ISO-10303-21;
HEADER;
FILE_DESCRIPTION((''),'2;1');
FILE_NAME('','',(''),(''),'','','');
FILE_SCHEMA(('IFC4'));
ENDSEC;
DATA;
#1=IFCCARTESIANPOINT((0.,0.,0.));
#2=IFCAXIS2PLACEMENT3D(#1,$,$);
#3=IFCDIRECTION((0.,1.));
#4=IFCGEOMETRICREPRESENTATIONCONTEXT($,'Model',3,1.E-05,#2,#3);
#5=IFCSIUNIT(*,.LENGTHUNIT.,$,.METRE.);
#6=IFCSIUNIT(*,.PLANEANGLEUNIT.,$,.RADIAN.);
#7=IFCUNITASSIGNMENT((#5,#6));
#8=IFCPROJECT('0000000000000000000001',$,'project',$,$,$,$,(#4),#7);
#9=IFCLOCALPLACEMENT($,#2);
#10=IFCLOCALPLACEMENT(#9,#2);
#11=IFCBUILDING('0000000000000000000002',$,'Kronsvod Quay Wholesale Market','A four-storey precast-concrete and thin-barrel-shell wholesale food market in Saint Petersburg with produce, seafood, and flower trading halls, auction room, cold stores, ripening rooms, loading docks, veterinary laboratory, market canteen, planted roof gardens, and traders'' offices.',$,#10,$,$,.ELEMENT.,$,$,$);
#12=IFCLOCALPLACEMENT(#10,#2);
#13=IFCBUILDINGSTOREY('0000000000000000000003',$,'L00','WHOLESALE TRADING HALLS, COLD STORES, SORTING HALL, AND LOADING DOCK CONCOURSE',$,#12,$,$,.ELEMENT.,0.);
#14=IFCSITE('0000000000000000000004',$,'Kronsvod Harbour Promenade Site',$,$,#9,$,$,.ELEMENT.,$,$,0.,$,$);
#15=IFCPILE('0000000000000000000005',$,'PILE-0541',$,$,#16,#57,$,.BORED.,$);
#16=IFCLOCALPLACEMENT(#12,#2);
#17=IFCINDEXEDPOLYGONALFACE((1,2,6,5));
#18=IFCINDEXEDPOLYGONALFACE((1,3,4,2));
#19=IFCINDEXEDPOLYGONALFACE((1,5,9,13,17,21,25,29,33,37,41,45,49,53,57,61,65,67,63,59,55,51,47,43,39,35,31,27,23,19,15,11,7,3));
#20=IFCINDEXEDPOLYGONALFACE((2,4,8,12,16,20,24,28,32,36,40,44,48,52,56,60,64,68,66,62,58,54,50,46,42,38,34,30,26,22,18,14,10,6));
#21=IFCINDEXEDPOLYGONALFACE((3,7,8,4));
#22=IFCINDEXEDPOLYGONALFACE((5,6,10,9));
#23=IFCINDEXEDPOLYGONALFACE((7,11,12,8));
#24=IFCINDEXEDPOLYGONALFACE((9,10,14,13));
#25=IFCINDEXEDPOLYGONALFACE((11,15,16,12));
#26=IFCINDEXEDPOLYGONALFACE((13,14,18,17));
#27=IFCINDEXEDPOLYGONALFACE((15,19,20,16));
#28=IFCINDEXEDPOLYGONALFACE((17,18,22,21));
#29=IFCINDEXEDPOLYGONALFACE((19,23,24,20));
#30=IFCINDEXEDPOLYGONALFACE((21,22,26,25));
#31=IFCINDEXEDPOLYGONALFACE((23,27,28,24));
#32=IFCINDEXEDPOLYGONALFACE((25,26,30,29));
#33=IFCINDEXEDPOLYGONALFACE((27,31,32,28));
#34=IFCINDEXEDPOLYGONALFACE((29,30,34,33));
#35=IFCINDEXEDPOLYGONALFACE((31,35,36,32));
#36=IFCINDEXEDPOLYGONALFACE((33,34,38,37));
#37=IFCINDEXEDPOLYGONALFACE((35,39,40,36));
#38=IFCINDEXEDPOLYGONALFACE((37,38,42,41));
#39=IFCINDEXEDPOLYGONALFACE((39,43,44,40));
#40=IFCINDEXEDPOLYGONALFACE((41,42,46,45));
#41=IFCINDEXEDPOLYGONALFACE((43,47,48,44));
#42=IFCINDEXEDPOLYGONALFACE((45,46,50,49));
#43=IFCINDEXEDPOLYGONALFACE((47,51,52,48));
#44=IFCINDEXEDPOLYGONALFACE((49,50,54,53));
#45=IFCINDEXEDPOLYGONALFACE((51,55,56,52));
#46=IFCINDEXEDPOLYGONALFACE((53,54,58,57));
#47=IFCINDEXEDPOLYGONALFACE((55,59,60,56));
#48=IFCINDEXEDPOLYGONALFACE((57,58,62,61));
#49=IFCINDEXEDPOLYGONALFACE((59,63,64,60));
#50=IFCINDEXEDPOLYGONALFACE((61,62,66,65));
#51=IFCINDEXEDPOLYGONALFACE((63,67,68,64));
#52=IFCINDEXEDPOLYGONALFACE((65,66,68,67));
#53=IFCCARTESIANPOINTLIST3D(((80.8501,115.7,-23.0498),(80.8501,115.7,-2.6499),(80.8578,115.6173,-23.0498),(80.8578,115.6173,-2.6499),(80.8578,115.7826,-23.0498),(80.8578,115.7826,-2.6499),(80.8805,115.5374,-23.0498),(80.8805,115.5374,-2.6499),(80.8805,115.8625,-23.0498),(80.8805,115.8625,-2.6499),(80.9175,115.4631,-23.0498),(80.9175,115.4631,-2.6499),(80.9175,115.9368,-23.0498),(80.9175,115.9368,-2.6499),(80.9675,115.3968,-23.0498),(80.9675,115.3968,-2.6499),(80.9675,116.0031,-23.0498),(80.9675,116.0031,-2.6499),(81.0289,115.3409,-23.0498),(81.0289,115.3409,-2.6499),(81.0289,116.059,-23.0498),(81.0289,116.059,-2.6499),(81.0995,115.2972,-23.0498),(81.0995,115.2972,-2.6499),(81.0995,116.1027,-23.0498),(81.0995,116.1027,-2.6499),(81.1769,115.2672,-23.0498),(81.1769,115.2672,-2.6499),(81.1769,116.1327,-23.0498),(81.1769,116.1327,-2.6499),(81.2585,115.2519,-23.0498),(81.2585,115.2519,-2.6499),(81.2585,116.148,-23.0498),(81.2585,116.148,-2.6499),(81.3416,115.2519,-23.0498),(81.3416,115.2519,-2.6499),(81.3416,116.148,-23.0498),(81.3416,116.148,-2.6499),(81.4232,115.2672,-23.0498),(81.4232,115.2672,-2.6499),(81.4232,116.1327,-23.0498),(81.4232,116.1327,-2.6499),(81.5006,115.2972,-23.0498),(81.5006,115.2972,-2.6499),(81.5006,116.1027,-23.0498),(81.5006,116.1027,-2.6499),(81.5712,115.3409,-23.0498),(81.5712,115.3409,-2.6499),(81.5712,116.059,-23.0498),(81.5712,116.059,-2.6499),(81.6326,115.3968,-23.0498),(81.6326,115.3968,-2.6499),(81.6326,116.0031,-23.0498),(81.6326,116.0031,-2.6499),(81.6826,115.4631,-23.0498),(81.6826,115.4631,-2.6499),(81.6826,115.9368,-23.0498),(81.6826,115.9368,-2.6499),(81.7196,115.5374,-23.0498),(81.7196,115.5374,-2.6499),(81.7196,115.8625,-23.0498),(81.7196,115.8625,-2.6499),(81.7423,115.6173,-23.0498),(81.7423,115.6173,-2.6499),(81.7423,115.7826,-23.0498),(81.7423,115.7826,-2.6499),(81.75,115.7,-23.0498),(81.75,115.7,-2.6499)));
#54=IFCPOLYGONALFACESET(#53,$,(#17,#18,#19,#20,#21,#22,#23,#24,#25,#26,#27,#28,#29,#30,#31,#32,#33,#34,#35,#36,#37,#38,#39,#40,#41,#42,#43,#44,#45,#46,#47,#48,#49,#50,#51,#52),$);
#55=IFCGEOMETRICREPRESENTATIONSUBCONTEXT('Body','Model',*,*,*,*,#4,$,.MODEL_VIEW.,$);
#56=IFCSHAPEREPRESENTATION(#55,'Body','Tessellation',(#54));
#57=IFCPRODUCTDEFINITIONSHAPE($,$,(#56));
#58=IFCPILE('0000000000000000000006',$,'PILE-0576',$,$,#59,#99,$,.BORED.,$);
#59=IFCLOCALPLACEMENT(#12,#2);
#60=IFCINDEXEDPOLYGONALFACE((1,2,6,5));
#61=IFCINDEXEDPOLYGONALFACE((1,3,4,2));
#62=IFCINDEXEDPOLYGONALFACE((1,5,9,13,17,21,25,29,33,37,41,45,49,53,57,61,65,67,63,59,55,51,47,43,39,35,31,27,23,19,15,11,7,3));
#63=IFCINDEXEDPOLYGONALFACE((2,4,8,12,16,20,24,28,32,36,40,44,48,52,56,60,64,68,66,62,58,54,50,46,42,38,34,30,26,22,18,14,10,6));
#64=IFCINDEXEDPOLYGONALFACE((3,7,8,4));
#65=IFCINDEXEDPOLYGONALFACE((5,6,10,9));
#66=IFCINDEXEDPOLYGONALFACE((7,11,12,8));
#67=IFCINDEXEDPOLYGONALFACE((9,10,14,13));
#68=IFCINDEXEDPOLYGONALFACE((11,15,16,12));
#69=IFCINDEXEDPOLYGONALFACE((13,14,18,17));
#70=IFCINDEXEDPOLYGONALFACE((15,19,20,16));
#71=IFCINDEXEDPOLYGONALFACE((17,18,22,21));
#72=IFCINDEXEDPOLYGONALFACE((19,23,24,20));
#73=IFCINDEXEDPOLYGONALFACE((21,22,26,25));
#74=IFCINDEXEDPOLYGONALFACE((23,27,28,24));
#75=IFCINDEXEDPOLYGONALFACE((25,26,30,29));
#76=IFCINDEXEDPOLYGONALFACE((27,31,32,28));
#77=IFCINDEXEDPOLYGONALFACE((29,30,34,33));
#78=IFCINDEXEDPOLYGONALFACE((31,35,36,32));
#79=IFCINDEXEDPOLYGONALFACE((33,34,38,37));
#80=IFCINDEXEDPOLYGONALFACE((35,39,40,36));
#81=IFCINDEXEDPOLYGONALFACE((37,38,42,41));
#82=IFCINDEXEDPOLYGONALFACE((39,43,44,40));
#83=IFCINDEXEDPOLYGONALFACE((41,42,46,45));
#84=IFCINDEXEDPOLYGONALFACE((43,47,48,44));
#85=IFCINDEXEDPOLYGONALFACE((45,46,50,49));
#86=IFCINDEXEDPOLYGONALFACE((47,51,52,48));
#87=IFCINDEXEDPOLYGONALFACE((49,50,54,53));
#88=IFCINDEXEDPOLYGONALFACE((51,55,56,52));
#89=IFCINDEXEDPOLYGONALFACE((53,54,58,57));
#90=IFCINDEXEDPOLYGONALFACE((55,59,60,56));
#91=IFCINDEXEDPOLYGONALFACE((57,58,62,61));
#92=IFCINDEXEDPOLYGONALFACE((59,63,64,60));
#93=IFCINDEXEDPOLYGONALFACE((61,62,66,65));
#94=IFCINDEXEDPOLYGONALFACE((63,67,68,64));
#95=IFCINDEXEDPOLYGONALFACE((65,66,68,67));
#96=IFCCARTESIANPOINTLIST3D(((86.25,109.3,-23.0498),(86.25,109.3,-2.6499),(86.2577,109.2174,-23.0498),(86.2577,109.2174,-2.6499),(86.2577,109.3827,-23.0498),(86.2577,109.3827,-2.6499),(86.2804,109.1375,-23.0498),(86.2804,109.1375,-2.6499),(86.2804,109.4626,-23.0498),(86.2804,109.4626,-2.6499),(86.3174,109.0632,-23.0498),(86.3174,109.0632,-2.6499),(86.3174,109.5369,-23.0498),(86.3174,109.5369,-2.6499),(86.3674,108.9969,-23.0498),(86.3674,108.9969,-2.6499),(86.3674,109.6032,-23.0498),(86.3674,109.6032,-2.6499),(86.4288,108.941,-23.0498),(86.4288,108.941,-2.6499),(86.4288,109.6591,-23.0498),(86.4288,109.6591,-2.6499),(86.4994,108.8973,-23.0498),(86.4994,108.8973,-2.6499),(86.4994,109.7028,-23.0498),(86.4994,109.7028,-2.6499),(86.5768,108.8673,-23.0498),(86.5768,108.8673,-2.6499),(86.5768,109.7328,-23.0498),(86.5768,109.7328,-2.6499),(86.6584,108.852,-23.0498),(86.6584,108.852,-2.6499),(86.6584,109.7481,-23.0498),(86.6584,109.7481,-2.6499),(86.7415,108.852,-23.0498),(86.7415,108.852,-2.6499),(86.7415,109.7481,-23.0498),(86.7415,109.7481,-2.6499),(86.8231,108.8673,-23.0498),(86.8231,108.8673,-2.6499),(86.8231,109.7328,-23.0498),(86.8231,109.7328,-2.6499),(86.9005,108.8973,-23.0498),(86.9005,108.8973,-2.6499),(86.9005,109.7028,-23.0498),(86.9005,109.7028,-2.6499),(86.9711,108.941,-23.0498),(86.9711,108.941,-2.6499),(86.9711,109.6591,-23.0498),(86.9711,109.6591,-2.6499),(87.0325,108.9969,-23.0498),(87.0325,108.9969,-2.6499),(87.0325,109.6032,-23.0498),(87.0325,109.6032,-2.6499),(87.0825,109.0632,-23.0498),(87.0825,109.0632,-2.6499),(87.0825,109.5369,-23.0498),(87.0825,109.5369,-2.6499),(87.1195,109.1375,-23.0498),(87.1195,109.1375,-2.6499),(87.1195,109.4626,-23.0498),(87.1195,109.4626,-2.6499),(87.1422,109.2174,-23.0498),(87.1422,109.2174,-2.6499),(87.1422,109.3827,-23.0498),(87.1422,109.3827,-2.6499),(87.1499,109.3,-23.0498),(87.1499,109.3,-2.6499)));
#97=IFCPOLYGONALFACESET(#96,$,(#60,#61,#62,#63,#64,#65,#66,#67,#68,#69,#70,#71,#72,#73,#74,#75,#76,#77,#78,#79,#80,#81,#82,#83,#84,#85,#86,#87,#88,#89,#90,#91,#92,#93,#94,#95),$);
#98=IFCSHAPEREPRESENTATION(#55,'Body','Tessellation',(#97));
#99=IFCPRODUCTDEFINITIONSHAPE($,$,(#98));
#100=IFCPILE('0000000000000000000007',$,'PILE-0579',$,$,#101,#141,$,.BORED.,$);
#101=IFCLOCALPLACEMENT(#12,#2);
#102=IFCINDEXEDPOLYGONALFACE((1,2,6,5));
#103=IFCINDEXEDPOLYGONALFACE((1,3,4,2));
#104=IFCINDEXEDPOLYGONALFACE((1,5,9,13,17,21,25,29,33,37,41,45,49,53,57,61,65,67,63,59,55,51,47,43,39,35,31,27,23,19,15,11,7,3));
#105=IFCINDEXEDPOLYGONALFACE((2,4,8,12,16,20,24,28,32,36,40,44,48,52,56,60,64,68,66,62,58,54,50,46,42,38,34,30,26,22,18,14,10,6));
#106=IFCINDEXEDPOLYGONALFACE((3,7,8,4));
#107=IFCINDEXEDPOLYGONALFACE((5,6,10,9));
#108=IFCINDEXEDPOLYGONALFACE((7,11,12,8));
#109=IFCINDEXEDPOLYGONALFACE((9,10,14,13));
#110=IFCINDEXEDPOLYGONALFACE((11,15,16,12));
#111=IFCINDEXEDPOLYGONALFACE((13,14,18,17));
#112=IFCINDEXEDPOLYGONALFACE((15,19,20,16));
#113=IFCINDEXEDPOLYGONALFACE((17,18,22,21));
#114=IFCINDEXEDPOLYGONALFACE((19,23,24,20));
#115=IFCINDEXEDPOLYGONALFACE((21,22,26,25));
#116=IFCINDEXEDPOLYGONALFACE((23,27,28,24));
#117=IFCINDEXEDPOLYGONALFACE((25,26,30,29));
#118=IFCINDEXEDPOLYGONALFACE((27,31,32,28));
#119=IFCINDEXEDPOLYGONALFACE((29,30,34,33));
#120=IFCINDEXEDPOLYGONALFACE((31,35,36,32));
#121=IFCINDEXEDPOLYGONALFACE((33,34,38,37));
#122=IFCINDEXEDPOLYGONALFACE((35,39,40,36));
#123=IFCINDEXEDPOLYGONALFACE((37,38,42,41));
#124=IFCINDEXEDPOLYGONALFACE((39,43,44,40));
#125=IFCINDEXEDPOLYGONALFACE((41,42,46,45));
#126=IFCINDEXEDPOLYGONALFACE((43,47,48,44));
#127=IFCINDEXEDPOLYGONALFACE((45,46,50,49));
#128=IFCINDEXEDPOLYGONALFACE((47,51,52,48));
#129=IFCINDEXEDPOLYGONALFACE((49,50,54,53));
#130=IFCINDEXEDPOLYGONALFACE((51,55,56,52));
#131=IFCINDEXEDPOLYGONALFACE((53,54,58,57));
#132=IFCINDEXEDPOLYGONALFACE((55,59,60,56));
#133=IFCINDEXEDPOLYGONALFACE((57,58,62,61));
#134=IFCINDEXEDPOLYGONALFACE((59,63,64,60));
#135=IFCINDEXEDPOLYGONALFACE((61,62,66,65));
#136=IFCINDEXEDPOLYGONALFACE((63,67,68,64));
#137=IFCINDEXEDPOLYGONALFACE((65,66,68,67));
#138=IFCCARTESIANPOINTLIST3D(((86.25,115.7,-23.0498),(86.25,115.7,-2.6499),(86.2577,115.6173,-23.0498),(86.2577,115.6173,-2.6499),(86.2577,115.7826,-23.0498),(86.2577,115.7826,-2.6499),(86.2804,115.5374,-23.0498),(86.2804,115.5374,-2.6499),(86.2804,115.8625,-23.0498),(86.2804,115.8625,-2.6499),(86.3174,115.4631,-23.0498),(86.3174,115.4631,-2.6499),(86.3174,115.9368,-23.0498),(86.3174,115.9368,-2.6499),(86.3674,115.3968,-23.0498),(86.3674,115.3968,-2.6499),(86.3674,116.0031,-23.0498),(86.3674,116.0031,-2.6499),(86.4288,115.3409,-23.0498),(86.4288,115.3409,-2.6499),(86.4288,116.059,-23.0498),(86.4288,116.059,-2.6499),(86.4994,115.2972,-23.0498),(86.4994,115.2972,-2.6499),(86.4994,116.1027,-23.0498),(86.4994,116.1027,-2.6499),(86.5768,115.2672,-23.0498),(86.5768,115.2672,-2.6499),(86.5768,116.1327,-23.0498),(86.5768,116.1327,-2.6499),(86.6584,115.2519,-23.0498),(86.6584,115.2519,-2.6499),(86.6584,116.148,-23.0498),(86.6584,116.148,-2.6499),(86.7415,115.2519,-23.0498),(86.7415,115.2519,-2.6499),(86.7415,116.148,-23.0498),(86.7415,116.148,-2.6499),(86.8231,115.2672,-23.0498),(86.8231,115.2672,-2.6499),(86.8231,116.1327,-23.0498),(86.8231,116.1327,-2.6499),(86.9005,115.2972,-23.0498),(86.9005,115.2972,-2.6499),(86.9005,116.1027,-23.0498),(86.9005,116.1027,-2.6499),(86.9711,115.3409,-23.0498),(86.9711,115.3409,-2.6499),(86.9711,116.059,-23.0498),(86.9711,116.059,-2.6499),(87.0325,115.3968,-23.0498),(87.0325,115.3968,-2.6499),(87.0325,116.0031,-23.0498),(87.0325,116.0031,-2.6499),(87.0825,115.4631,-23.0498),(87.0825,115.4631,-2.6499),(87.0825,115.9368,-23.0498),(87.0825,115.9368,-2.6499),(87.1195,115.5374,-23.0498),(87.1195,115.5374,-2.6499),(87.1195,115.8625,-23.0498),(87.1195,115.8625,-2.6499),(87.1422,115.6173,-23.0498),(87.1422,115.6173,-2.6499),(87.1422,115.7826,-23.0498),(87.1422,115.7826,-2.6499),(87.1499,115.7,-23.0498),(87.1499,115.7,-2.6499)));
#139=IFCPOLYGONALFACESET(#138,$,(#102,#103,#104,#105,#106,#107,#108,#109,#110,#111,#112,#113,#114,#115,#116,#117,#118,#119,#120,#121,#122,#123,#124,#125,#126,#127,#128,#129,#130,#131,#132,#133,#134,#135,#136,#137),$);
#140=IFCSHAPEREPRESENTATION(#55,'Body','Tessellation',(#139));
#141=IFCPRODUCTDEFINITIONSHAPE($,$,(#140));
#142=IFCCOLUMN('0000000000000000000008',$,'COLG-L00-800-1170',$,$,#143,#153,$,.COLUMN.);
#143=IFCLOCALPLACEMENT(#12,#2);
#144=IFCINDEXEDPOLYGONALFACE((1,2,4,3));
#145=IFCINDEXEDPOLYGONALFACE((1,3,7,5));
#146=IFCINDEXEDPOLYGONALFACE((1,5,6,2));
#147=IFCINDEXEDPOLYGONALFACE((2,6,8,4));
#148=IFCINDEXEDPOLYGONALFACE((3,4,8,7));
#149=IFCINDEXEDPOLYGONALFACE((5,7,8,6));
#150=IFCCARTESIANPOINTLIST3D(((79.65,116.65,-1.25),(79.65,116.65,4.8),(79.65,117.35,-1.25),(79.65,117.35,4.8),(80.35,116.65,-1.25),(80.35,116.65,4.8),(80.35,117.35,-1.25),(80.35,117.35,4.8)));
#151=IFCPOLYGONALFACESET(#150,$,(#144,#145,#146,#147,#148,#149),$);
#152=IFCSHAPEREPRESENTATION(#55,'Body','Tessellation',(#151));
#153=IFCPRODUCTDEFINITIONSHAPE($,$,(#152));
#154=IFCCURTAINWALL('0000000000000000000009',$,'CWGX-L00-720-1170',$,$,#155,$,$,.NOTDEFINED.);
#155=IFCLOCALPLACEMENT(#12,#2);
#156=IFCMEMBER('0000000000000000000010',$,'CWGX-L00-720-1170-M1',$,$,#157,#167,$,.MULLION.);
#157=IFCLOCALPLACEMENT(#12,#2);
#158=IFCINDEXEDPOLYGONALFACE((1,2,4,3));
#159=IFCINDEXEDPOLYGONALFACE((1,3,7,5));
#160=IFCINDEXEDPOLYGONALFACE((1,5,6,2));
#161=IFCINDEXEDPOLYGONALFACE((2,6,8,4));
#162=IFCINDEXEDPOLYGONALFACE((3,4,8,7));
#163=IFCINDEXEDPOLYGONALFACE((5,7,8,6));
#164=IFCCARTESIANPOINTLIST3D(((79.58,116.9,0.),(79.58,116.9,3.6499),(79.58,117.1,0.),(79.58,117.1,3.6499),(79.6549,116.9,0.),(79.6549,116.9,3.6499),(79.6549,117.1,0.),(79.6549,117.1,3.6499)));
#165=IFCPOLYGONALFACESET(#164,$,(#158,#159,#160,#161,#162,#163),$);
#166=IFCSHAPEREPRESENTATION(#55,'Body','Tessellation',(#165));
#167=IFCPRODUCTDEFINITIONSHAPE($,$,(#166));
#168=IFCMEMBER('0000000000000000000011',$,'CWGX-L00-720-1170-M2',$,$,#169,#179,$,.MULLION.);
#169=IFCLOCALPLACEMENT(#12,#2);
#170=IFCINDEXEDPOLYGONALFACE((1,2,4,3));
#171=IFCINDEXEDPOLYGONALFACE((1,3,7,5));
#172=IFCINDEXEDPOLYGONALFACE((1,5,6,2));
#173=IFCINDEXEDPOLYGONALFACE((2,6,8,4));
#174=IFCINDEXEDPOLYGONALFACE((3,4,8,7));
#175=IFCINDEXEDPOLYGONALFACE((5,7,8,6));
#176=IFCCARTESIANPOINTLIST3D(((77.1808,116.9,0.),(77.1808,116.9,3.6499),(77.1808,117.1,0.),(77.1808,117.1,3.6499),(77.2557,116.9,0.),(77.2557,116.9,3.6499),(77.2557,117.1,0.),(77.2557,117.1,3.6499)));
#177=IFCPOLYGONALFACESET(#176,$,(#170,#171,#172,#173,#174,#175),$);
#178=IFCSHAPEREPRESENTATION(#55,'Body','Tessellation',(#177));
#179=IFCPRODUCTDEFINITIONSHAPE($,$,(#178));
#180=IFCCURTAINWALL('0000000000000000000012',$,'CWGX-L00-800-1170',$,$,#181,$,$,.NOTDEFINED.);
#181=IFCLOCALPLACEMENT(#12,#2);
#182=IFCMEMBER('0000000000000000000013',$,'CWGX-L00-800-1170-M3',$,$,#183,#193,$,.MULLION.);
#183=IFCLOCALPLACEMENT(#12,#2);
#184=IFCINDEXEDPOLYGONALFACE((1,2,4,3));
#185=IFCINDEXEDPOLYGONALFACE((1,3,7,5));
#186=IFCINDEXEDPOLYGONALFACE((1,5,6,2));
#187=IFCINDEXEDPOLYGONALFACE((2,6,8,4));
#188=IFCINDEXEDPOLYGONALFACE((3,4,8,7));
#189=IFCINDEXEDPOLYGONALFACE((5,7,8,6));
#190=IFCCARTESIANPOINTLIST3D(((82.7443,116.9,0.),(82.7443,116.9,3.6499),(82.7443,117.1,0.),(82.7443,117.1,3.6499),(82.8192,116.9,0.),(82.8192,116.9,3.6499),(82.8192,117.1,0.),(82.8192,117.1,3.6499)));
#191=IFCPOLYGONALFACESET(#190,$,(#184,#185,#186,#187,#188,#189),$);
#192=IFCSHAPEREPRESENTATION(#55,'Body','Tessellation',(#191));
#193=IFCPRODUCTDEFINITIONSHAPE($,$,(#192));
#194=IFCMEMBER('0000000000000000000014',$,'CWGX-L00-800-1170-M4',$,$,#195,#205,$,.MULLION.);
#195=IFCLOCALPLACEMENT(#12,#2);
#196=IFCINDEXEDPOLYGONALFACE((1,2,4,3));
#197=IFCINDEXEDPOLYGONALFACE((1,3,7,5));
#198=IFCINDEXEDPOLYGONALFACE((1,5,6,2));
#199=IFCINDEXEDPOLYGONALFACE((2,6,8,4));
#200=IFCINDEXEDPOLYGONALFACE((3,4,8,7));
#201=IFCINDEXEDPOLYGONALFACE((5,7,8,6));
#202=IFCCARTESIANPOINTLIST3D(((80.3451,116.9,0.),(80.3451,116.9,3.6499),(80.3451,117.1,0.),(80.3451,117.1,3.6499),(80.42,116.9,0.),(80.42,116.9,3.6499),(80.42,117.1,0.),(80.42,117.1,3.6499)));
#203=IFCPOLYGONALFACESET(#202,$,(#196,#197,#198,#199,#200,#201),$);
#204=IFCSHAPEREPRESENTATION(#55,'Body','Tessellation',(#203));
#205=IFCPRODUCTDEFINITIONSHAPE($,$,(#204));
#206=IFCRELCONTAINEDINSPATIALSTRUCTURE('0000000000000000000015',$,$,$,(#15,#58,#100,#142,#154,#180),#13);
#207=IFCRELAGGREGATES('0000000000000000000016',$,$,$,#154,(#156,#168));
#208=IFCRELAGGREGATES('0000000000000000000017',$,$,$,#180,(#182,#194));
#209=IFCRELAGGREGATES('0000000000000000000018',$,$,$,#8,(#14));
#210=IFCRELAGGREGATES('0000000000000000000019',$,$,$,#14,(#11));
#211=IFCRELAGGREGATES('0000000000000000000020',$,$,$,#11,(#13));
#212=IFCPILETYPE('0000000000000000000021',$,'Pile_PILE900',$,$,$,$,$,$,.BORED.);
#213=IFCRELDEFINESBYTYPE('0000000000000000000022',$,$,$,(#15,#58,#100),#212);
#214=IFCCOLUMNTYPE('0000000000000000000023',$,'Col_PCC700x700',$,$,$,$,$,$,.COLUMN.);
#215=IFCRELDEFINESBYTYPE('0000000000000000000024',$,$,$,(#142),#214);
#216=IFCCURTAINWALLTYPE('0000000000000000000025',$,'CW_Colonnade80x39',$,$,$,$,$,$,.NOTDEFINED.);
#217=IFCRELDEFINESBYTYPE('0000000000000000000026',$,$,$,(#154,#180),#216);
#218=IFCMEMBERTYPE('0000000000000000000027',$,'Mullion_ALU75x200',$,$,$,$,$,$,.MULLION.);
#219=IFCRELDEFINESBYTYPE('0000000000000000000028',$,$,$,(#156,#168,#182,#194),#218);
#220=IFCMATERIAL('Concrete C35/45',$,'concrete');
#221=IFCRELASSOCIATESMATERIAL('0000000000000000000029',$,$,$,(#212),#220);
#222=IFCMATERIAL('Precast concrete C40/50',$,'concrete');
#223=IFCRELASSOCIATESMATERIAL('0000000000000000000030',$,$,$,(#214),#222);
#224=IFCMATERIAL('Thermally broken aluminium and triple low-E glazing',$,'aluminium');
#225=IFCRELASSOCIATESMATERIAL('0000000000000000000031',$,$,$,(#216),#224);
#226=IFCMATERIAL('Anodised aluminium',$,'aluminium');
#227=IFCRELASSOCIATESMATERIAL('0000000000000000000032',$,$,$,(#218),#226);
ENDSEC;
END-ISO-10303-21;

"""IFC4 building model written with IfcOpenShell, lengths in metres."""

from ifc_helpers import new_model, si_unit, direction, frame, origin, origin_2d, place, context, subcontext, project, spatial, rectangle, circle, extrude, material, material_profile, profile_set, type_object, element, aggregate, save


model = new_model("IFC4")

# Units and contexts
model_context = context("Model", 3, precision=1e-05, world=origin(), true_north=direction((0.0, 1.0)))
body_context = subcontext(model_context, "Body", "Model", "MODEL_VIEW")
ifc_project = project(units=[si_unit("LENGTHUNIT", "METRE"), si_unit("PLANEANGLEUNIT", "RADIAN")], contexts=[model_context])

# Site, building, storey
site_placement = place(None, origin())
site = spatial("IfcSite", under=ifc_project, at=site_placement, Name="Kronsvod Harbour Promenade Site", CompositionType="ELEMENT", RefElevation=0.0)
building_placement = place(site_placement, origin())
building = spatial("IfcBuilding", under=site, at=building_placement, Name="Kronsvod Quay Wholesale Market", Description="A four-storey precast-concrete and thin-barrel-shell wholesale food market in Saint Petersburg with produce, seafood, and flower trading halls, auction room, cold stores, ripening rooms, loading docks, veterinary laboratory, market canteen, planted roof gardens, and traders' offices.", CompositionType="ELEMENT")
storey_placement = place(building_placement, origin())
storey = spatial("IfcBuildingStorey", under=building, at=storey_placement, Name="L00", Description="WHOLESALE TRADING HALLS, COLD STORES, SORTING HALL, AND LOADING DOCK CONCOURSE", CompositionType="ELEMENT", Elevation=0.0)

# Piles
ifc_material_1 = material(Name="Concrete C35/45", Category="concrete")
ifc_material_profile_1 = material_profile(ifc_material_1, circle(Radius=0.45, at=origin_2d()), Name="PILE900")
ifc_profile_set_1 = profile_set([ifc_material_profile_1], Name="Concrete C35/45")
pile_type = type_object("IfcPileType", Name="Pile_PILE900", PredefinedType="BORED", material=ifc_profile_set_1)
for number, where, z_axis, x_axis, name in (
    (1, (81.3, 115.7, -2.6499), (0.0, 0.0, -1.0), (1.0, 0.0, 0.0), "PILE-0541"),
    (2, (86.7, 109.3, -2.6499), (0.0, 0.0, -1.0), (1.0, 0.0, 0.0), "PILE-0576"),
    (3, (86.7, 115.7, -2.6499), (0.0, 0.0, -1.0), (1.0, 0.0, 0.0), "PILE-0579"),
):
    element("IfcPile", number, at=place(storey_placement, frame(where, z_axis=z_axis, x_axis=x_axis)), inside=storey, type_object=pile_type, Name=name, PredefinedType="BORED", context=body_context, shape_type="SweptSolid", body=[
        extrude(circle(Radius=0.45, at=origin_2d()), origin(), (0.0, 0.0, 1.0), 20.3999),
    ])

# Column
ifc_material_2 = material(Name="Precast concrete C40/50", Category="concrete")
ifc_material_profile_2 = material_profile(ifc_material_2, rectangle(XDim=0.7, YDim=0.7, at=origin_2d()), Name="PCC700x700")
ifc_profile_set_2 = profile_set([ifc_material_profile_2], Name="Precast concrete C40/50")
column_type = type_object("IfcColumnType", Name="Col_PCC700x700", PredefinedType="COLUMN", material=ifc_profile_set_2)
column_placement = place(storey_placement, frame((80.0, 117.0, -1.25), z_axis=(0.0, 0.0, 1.0), x_axis=(1.0, 0.0, 0.0)))
element("IfcColumn", 4, at=column_placement, inside=storey, type_object=column_type, Name="COLG-L00-800-1170", PredefinedType="COLUMN", context=body_context, shape_type="SweptSolid", body=[
    extrude(rectangle(XDim=0.7, YDim=0.7, at=origin_2d()), origin(), (0.0, 0.0, 1.0), 6.05),
])

# Curtain walls, members
ifc_material_3 = material(Name="Thermally broken aluminium and triple low-E glazing", Category="aluminium")
curtain_wall_type = type_object("IfcCurtainWallType", Name="CW_Colonnade80x39", PredefinedType="NOTDEFINED", material=ifc_material_3)
curtain_wall_1_placement = place(storey_placement, origin())
curtain_wall_1 = element("IfcCurtainWall", 5, at=curtain_wall_1_placement, inside=storey, type_object=curtain_wall_type, Name="CWGX-L00-720-1170", PredefinedType="NOTDEFINED")
ifc_material_4 = material(Name="Anodised aluminium", Category="aluminium")
ifc_material_profile_3 = material_profile(ifc_material_4, rectangle(XDim=0.075, YDim=0.2, at=origin_2d()), Name="ALUM75x200")
ifc_profile_set_3 = profile_set([ifc_material_profile_3], Name="Anodised aluminium")
member_type_1 = type_object("IfcMemberType", Name="Mullion_ALU75x200", PredefinedType="MULLION", material=ifc_profile_set_3)
member_1_placement = place(storey_placement, frame((79.6174, 117.0, 0.0), z_axis=(0.0, 0.0, 1.0), x_axis=(1.0, 0.0, 0.0)))
member_1 = element("IfcMember", 6, at=member_1_placement, type_object=member_type_1, Name="CWGX-L00-720-1170-M1", PredefinedType="MULLION", context=body_context, shape_type="SweptSolid", body=[
    extrude(rectangle(XDim=0.075, YDim=0.2, at=origin_2d()), origin(), (0.0, 0.0, 1.0), 3.6499),
])
member_2_placement = place(storey_placement, frame((77.2183, 117.0, 0.0), z_axis=(0.0, 0.0, 1.0), x_axis=(1.0, 0.0, 0.0)))
member_2 = element("IfcMember", 7, at=member_2_placement, type_object=member_type_1, Name="CWGX-L00-720-1170-M2", PredefinedType="MULLION", context=body_context, shape_type="SweptSolid", body=[
    extrude(rectangle(XDim=0.075, YDim=0.2, at=origin_2d()), origin(), (0.0, 0.0, 1.0), 3.6499),
])
curtain_wall_2_placement = place(storey_placement, origin())
curtain_wall_2 = element("IfcCurtainWall", 8, at=curtain_wall_2_placement, inside=storey, type_object=curtain_wall_type, Name="CWGX-L00-800-1170", PredefinedType="NOTDEFINED")
member_3_placement = place(storey_placement, frame((82.7817, 117.0, 0.0), z_axis=(0.0, 0.0, 1.0), x_axis=(1.0, 0.0, 0.0)))
member_3 = element("IfcMember", 9, at=member_3_placement, type_object=member_type_1, Name="CWGX-L00-800-1170-M3", PredefinedType="MULLION", context=body_context, shape_type="SweptSolid", body=[
    extrude(rectangle(XDim=0.075, YDim=0.2, at=origin_2d()), origin(), (0.0, 0.0, 1.0), 3.6499),
])
member_4_placement = place(storey_placement, frame((80.3826, 117.0, 0.0), z_axis=(0.0, 0.0, 1.0), x_axis=(1.0, 0.0, 0.0)))
member_4 = element("IfcMember", 10, at=member_4_placement, type_object=member_type_1, Name="CWGX-L00-800-1170-M4", PredefinedType="MULLION", context=body_context, shape_type="SweptSolid", body=[
    extrude(rectangle(XDim=0.075, YDim=0.2, at=origin_2d()), origin(), (0.0, 0.0, 1.0), 3.6499),
])

aggregate(curtain_wall_1, [member_1, member_2])
aggregate(curtain_wall_2, [member_3, member_4])

save(model, "model.ifc")
